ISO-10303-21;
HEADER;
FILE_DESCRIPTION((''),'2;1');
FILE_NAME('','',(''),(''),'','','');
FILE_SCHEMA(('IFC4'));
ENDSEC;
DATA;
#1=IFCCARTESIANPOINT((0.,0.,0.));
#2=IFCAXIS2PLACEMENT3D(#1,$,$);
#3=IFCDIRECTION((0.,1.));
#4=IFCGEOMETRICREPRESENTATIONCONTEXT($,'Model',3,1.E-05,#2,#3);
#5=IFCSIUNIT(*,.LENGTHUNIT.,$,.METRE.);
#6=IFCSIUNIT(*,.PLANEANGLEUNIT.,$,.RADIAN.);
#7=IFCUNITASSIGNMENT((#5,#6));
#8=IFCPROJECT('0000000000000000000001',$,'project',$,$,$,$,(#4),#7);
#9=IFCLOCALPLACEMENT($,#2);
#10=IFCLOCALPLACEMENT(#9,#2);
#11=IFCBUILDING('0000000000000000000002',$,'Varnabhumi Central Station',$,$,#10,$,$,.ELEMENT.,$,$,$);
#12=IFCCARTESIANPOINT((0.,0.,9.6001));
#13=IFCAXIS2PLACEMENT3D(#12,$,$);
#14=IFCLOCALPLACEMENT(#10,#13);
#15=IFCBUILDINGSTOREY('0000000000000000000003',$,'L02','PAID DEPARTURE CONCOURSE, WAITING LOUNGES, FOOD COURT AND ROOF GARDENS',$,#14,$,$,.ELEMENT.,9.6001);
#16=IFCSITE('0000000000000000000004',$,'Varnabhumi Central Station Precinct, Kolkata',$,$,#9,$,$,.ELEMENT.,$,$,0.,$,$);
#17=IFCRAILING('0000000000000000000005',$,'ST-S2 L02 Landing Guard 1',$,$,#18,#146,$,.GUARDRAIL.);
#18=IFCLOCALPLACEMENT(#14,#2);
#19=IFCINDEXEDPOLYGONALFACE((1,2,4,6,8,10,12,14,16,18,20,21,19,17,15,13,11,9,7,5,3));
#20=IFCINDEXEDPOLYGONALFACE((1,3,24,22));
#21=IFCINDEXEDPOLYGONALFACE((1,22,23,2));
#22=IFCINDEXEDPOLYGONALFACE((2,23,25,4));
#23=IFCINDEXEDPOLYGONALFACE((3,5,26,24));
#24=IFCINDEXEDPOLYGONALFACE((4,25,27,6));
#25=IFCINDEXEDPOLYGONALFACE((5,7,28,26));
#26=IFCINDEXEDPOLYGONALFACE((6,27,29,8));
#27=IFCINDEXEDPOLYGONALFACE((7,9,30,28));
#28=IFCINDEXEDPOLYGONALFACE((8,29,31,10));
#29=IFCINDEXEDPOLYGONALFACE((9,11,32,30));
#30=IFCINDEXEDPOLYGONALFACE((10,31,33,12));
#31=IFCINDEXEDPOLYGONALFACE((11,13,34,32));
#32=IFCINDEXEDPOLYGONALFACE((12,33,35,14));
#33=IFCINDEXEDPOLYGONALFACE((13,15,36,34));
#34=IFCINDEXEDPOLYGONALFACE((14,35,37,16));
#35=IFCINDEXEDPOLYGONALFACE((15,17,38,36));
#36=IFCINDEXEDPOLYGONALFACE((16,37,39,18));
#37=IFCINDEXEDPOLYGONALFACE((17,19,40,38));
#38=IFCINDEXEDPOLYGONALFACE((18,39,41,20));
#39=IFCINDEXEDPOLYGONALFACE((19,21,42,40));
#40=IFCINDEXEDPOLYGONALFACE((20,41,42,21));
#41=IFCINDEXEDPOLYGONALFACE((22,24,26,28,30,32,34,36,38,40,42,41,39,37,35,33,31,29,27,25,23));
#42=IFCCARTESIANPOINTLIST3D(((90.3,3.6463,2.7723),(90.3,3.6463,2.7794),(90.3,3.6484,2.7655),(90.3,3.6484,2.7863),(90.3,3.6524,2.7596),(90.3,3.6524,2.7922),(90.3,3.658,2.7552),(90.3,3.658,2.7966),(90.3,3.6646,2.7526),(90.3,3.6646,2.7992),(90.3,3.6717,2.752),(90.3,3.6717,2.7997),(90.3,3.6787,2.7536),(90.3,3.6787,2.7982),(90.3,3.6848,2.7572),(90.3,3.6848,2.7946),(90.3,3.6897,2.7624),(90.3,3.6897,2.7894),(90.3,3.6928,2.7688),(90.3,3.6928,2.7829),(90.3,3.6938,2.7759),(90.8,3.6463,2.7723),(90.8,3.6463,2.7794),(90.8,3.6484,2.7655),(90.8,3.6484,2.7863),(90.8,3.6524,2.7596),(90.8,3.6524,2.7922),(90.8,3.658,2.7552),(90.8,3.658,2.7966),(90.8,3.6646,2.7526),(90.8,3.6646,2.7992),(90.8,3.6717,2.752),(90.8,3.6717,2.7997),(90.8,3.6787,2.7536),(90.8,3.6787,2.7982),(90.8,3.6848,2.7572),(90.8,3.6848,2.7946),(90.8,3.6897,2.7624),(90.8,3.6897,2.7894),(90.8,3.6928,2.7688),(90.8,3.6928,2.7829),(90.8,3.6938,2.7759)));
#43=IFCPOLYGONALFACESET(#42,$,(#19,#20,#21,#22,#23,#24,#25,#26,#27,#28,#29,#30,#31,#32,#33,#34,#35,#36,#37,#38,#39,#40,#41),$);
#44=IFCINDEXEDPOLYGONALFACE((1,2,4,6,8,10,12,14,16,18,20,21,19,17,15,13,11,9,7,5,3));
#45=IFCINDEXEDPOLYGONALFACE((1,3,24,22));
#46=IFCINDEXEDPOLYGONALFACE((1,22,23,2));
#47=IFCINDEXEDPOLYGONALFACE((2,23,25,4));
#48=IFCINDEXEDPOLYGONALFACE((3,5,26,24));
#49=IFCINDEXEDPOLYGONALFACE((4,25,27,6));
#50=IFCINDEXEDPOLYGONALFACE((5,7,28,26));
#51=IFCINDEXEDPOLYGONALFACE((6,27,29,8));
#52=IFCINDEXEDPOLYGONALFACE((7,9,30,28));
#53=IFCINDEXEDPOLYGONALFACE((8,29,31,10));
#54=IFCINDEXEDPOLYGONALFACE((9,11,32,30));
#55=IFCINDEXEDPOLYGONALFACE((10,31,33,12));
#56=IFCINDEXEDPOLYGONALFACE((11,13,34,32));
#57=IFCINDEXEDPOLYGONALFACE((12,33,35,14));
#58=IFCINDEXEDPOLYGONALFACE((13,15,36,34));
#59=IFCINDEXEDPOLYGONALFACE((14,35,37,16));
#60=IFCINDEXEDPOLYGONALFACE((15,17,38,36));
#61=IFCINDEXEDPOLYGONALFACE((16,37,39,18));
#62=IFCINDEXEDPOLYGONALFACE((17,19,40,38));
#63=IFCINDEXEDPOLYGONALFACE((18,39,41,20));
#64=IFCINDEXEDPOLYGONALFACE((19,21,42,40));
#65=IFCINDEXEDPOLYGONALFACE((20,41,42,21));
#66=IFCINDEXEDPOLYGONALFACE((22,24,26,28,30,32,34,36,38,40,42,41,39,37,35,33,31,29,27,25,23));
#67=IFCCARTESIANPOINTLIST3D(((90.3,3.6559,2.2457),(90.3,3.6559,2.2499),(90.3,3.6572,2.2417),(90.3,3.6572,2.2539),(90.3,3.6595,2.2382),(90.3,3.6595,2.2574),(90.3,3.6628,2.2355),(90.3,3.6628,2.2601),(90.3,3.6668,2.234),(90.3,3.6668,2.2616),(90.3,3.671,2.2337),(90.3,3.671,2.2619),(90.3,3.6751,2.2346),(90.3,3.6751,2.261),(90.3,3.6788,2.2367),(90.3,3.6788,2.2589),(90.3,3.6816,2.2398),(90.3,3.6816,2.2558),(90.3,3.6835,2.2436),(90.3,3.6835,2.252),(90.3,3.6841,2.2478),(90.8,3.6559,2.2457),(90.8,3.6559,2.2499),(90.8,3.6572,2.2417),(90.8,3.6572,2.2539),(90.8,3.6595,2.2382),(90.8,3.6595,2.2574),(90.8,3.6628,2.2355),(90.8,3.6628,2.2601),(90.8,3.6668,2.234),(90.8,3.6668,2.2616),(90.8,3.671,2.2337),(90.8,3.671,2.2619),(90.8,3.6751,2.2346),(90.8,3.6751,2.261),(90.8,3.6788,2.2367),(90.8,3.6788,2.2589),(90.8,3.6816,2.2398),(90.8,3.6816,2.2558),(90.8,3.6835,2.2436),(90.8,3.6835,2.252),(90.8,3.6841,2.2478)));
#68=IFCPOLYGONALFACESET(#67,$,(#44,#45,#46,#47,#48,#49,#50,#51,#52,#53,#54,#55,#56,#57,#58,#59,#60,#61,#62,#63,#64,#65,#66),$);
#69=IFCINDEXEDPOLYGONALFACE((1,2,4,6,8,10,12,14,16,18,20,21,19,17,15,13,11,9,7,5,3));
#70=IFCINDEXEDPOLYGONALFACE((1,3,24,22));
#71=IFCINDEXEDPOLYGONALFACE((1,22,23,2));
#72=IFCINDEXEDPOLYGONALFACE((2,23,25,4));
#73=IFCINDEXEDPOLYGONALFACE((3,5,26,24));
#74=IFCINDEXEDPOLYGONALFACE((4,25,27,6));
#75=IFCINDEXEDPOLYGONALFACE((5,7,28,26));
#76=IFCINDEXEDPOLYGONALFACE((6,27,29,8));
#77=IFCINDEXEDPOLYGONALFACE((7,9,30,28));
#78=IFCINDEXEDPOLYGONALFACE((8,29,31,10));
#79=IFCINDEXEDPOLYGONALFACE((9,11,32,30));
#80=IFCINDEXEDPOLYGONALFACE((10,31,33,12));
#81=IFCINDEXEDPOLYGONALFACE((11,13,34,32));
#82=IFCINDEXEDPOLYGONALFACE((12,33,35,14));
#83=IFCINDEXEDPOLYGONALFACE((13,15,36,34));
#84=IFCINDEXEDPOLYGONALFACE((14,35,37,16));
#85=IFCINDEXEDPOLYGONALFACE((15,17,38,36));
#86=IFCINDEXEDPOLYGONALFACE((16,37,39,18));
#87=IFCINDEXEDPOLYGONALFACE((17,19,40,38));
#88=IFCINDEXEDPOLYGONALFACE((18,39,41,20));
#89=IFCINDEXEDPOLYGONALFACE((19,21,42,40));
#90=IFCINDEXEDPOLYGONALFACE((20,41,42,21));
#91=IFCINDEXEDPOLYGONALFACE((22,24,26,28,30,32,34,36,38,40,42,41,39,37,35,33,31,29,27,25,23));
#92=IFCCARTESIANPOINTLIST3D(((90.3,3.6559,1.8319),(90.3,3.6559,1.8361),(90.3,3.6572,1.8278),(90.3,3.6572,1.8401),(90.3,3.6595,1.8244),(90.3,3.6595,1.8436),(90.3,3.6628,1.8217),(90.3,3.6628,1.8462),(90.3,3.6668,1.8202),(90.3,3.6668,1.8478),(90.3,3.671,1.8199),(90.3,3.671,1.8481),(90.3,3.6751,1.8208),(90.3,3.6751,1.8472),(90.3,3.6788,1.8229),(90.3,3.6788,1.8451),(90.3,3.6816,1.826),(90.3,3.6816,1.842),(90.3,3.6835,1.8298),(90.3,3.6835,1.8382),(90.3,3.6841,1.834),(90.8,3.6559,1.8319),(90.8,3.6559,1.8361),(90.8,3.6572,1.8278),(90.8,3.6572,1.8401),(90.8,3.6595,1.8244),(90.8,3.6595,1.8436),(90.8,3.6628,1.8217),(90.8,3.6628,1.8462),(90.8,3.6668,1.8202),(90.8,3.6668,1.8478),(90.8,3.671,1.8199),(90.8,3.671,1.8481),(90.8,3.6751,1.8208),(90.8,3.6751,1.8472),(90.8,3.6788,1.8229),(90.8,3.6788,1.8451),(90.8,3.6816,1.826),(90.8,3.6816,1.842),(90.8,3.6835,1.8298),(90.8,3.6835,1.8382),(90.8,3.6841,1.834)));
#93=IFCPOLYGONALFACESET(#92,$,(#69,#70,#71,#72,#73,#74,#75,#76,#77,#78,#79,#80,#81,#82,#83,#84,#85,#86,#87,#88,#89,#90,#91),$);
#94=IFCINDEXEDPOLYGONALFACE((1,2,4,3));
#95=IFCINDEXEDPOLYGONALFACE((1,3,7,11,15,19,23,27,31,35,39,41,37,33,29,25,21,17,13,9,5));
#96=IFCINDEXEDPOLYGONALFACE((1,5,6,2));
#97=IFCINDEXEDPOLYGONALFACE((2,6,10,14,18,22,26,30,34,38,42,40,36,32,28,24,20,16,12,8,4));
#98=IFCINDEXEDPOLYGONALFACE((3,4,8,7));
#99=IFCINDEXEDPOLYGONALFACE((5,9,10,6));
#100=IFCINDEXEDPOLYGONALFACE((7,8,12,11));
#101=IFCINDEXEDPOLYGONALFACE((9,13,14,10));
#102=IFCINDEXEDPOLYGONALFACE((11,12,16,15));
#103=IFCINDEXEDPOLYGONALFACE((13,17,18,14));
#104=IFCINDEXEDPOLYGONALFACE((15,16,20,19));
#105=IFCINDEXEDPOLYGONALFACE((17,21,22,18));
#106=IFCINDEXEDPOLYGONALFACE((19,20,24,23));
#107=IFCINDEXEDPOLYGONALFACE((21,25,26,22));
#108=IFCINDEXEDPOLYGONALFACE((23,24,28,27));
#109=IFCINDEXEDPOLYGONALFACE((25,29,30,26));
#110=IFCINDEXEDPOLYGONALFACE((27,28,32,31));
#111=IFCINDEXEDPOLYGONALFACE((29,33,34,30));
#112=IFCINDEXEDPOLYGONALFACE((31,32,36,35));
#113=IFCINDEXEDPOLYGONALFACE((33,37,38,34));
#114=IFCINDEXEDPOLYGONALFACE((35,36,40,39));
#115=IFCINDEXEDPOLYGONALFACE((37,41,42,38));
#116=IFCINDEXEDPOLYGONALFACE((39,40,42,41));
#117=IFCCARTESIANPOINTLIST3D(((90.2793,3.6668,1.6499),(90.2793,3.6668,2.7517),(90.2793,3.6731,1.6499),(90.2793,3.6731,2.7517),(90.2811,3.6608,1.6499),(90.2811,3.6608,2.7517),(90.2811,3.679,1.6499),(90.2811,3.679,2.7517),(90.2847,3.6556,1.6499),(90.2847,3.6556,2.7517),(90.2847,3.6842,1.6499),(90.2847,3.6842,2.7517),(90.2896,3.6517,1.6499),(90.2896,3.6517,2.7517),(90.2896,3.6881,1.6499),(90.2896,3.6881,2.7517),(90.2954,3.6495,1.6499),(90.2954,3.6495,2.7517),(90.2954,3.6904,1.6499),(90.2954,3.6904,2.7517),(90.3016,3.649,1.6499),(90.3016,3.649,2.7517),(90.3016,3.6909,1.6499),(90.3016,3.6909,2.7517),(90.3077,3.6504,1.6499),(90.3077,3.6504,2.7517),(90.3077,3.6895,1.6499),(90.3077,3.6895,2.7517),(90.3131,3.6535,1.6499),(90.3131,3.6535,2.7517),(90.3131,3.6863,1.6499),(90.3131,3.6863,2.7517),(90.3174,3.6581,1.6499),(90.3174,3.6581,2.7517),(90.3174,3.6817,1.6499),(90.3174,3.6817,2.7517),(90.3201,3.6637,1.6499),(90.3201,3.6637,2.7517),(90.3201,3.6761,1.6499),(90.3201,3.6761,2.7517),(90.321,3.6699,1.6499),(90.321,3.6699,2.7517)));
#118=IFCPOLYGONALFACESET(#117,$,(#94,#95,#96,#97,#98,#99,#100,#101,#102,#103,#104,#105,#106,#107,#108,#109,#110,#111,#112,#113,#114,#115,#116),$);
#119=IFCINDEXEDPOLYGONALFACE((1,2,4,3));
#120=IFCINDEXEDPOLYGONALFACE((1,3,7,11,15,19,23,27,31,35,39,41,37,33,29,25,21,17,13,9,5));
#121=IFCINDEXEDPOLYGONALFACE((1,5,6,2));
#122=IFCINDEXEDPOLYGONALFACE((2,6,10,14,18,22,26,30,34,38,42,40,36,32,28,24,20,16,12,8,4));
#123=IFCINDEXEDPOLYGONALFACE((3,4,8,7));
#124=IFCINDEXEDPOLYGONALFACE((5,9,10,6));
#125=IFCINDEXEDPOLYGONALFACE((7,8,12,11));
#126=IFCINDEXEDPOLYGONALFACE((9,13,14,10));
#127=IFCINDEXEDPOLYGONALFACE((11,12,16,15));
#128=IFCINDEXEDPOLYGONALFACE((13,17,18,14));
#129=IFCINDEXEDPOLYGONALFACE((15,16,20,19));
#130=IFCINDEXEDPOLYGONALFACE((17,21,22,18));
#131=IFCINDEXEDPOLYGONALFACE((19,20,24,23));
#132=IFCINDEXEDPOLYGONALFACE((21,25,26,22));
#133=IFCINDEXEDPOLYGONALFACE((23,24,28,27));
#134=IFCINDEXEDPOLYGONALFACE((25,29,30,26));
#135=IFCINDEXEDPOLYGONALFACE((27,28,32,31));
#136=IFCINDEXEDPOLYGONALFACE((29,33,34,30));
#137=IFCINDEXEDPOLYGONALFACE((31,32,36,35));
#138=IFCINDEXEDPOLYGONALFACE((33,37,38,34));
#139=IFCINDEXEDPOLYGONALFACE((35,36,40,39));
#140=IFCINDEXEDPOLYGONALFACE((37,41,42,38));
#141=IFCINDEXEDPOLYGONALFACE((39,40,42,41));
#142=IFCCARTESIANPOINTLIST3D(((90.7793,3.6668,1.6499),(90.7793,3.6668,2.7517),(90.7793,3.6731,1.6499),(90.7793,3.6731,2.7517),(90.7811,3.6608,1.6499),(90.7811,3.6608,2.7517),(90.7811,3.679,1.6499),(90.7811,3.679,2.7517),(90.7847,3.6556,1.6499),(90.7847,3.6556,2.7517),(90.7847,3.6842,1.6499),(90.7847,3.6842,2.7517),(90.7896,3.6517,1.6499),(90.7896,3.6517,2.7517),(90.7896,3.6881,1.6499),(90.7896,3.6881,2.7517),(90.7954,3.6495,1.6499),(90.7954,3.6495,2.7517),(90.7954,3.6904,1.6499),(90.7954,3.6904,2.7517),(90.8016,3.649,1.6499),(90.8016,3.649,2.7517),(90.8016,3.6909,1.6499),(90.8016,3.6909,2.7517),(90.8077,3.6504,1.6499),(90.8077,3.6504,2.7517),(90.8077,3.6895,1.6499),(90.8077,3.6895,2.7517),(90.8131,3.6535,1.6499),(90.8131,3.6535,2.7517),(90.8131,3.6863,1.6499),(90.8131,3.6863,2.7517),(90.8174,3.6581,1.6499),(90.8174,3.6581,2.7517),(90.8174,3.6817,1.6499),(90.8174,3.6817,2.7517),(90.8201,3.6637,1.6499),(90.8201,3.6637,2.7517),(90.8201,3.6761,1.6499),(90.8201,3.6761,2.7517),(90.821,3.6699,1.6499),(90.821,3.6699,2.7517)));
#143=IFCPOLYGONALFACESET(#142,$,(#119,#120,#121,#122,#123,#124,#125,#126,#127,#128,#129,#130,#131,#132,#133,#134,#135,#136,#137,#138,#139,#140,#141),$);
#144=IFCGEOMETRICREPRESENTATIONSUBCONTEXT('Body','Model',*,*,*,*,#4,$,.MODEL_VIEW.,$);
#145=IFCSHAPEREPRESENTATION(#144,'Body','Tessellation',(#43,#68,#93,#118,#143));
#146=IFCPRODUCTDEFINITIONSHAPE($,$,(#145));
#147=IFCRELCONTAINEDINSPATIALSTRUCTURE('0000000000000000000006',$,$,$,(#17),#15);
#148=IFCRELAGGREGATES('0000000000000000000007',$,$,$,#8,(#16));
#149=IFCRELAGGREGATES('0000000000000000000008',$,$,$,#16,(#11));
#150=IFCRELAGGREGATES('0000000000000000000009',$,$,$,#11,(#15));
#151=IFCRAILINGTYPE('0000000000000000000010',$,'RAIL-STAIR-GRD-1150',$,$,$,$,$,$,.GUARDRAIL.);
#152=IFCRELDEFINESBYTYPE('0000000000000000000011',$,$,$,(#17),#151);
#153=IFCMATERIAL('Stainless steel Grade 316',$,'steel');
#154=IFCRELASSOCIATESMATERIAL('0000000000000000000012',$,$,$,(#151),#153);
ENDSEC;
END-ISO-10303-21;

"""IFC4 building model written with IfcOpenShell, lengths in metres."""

from ifc_helpers import new_model, si_unit, direction, frame, origin, origin_2d, place, context, subcontext, project, spatial, circle, extrude, material, type_object, element, save


model = new_model("IFC4")

# Units and contexts
model_context = context("Model", 3, precision=1e-05, world=origin(), true_north=direction((0.0, 1.0)))
body_context = subcontext(model_context, "Body", "Model", "MODEL_VIEW")
ifc_project = project(units=[si_unit("LENGTHUNIT", "METRE"), si_unit("PLANEANGLEUNIT", "RADIAN")], contexts=[model_context])

# Site, building, storey
site_placement = place(None, origin())
site = spatial("IfcSite", under=ifc_project, at=site_placement, Name="Varnabhumi Central Station Precinct, Kolkata", CompositionType="ELEMENT", RefElevation=0.0)
building_placement = place(site_placement, origin())
building = spatial("IfcBuilding", under=site, at=building_placement, Name="Varnabhumi Central Station", CompositionType="ELEMENT")
storey_placement = place(building_placement, frame((0.0, 0.0, 9.6001)))
storey = spatial("IfcBuildingStorey", under=building, at=storey_placement, Name="L02", Description="PAID DEPARTURE CONCOURSE, WAITING LOUNGES, FOOD COURT AND ROOF GARDENS", CompositionType="ELEMENT", Elevation=9.6001)

# Railing
ifc_material_1 = material(Name="Stainless steel Grade 316", Category="steel")
railing_type = type_object("IfcRailingType", Name="RAIL-STAIR-GRD-1150", PredefinedType="GUARDRAIL", material=ifc_material_1)
railing_1_placement = place(storey_placement, frame((90.3, 3.6699, 1.6499)))
element("IfcRailing", 1, at=railing_1_placement, inside=storey, type_object=railing_type, Name="ST-S2 L02 Landing Guard 1", PredefinedType="GUARDRAIL", context=body_context, shape_type="SweptSolid", body=[
    extrude(circle(Radius=0.0239, at=origin_2d()), frame((0.0, 0.0, 1.126), z_axis=(1.0, 0.0, 0.0), x_axis=(0.0, 1.0, 0.0)), (0.0, 0.0, 1.0), 0.5),
    extrude(circle(Radius=0.0142, at=origin_2d()), frame((0.0, 0.0, 0.5979), z_axis=(1.0, 0.0, 0.0), x_axis=(0.0, 1.0, 0.0)), (0.0, 0.0, 1.0), 0.5),
    extrude(circle(Radius=0.0142, at=origin_2d()), frame((0.0, 0.0, 0.1841), z_axis=(1.0, 0.0, 0.0), x_axis=(0.0, 1.0, 0.0)), (0.0, 0.0, 1.0), 0.5),
    extrude(circle(Radius=0.021, at=origin_2d()), origin(), (0.0, 0.0, 1.0), 1.1018),
    extrude(circle(Radius=0.021, at=origin_2d()), frame((0.5, 0.0, 0.0)), (0.0, 0.0, 1.0), 1.1018),
])

save(model, "model.ifc")
